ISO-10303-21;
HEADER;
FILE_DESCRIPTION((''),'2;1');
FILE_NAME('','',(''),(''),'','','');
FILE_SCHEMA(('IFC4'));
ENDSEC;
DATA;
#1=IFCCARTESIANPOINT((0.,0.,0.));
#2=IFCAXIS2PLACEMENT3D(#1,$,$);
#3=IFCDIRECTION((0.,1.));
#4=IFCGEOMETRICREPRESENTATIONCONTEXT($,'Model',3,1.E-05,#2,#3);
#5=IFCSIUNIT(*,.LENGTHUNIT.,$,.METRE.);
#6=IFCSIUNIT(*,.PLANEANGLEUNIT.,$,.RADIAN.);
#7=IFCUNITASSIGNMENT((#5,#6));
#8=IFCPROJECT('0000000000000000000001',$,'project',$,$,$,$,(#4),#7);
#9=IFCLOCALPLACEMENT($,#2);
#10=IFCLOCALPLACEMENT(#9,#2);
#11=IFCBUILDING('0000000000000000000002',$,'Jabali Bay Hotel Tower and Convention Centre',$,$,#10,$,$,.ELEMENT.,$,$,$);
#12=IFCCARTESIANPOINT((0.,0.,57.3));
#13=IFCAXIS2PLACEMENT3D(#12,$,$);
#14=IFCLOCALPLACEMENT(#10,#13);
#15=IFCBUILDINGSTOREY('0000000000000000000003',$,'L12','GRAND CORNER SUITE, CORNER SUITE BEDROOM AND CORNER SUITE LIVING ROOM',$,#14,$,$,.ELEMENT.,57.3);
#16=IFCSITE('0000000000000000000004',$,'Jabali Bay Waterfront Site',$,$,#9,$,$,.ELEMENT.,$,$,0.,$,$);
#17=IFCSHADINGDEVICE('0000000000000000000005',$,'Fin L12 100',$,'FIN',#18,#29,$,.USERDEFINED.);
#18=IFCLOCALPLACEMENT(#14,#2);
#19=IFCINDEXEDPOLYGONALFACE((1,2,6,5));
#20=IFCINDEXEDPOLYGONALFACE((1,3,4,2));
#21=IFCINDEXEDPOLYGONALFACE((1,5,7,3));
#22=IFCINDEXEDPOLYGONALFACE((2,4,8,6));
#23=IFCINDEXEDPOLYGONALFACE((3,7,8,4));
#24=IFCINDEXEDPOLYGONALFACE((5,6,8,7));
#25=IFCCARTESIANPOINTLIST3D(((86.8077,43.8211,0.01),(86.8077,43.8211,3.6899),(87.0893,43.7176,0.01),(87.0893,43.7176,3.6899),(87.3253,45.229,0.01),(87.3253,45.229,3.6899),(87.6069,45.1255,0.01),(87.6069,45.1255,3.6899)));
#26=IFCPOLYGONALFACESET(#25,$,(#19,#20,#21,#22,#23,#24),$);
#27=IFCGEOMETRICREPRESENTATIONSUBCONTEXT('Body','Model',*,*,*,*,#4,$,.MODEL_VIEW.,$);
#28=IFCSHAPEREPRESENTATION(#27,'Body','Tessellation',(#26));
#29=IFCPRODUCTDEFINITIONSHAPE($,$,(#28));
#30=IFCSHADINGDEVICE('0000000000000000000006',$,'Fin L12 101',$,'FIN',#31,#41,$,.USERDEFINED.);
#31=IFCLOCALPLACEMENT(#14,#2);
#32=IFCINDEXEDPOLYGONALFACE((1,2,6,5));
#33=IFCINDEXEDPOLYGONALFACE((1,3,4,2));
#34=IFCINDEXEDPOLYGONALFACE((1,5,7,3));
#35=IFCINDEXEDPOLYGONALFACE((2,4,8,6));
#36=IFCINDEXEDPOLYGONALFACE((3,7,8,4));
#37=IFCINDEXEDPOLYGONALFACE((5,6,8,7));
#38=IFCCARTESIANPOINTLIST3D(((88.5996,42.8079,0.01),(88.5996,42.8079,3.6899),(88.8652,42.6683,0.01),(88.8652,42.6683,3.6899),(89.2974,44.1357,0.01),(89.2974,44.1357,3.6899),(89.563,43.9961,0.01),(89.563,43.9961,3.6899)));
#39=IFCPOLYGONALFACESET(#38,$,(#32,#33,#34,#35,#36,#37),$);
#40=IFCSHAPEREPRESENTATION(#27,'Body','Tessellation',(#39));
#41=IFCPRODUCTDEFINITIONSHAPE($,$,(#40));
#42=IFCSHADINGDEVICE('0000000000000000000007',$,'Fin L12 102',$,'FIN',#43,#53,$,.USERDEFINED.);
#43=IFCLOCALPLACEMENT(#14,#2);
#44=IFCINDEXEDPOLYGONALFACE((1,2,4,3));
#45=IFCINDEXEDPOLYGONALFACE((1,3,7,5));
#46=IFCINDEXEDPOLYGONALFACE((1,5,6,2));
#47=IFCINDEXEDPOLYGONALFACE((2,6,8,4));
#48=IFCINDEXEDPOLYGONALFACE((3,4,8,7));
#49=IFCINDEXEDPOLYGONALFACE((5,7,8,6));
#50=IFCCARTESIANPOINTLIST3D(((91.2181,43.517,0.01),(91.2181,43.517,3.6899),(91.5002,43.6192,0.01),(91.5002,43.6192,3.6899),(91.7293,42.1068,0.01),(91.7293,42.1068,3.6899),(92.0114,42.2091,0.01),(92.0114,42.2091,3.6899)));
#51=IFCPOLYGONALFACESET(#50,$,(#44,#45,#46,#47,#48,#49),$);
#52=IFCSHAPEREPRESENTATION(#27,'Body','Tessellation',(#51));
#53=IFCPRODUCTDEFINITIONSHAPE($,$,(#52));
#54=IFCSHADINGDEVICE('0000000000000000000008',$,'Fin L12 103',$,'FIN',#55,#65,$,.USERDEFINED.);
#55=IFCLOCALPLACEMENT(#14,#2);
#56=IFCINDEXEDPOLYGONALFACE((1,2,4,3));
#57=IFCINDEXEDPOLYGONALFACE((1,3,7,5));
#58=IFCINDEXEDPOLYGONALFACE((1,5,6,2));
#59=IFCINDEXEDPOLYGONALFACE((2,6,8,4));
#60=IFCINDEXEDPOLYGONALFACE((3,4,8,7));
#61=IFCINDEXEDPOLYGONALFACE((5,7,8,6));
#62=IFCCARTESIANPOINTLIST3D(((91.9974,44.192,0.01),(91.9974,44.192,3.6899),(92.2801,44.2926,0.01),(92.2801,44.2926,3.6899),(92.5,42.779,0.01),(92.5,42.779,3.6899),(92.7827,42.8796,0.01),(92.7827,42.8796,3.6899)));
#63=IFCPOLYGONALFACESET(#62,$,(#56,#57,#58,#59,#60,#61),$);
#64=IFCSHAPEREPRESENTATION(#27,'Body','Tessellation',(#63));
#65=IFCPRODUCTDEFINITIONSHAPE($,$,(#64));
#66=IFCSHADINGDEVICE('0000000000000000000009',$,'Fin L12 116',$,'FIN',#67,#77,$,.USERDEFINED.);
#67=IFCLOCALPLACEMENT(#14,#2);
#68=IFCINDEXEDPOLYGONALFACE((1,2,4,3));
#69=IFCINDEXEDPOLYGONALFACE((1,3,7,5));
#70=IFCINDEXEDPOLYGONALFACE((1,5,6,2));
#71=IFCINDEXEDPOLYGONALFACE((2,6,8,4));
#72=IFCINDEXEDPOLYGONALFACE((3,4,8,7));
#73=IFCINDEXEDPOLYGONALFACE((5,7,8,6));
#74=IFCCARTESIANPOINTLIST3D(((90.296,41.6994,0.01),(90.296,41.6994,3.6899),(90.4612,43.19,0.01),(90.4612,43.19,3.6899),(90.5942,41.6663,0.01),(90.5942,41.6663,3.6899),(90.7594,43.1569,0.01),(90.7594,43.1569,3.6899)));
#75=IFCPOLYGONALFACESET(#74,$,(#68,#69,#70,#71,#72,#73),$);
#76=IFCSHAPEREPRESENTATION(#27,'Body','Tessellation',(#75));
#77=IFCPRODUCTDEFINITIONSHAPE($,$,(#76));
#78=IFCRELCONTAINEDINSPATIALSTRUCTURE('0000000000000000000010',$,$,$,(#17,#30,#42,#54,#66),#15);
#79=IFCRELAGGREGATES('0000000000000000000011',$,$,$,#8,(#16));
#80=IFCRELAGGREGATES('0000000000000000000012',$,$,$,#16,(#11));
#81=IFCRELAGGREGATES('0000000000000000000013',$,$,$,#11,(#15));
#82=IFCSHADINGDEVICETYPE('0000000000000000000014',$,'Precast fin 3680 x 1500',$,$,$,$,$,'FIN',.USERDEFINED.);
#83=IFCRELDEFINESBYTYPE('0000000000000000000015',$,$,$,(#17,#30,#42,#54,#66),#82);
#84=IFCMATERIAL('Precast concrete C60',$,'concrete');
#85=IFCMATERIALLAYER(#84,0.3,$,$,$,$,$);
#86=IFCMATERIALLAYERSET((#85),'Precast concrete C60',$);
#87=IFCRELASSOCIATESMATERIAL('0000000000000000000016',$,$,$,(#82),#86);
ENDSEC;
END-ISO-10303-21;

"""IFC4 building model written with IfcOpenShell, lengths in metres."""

from ifc_helpers import new_model, si_unit, direction, frame, frame_2d, origin, place, context, subcontext, project, spatial, rectangle, extrude, material, layer, layer_set, type_object, element, save


model = new_model("IFC4")

# Units and contexts
model_context = context("Model", 3, precision=1e-05, world=origin(), true_north=direction((0.0, 1.0)))
body_context = subcontext(model_context, "Body", "Model", "MODEL_VIEW")
ifc_project = project(units=[si_unit("LENGTHUNIT", "METRE"), si_unit("PLANEANGLEUNIT", "RADIAN")], contexts=[model_context])

# Site, building, storey
site_placement = place(None, origin())
site = spatial("IfcSite", under=ifc_project, at=site_placement, Name="Jabali Bay Waterfront Site", CompositionType="ELEMENT", RefElevation=0.0)
building_placement = place(site_placement, origin())
building = spatial("IfcBuilding", under=site, at=building_placement, Name="Jabali Bay Hotel Tower and Convention Centre", CompositionType="ELEMENT")
storey_placement = place(building_placement, frame((0.0, 0.0, 57.3)))
storey = spatial("IfcBuildingStorey", under=building, at=storey_placement, Name="L12", Description="GRAND CORNER SUITE, CORNER SUITE BEDROOM AND CORNER SUITE LIVING ROOM", CompositionType="ELEMENT", Elevation=57.3)

# Shading devices
ifc_material_1 = material(Name="Precast concrete C60", Category="concrete")
ifc_layer_1 = layer(ifc_material_1, 0.3)
ifc_layer_set_1 = layer_set([ifc_layer_1], Name="Precast concrete C60")
shading_device_type_1 = type_object("IfcShadingDeviceType", Name="Precast fin 3680 x 1500", ElementType="FIN", PredefinedType="USERDEFINED", material=ifc_layer_set_1)
for number, where, z_axis, x_axis, name in (
    (1, (87.4661, 45.1772, 0.01), (0.0, 0.0, 1.0), (-0.345034, -0.93859, 0.0), "Fin L12 100"),
    (2, (89.4302, 44.0659, 0.01), (0.0, 0.0, 1.0), (-0.465156, -0.885229, 0.0), "Fin L12 101"),
    (3, (91.3591, 43.5681, 0.01), (0.0, 0.0, 1.0), (0.340828, -0.940126, 0.0), "Fin L12 102"),
):
    element("IfcShadingDevice", number, at=place(storey_placement, frame(where, z_axis=z_axis, x_axis=x_axis)), inside=storey, type_object=shading_device_type_1, Name=name, ObjectType="FIN", PredefinedType="USERDEFINED", context=body_context, shape_type="SweptSolid", body=[
        extrude(rectangle(XDim=1.5, YDim=0.3, at=frame_2d((0.75, 0.0))), origin(), (0.0, 0.0, 1.0), 3.6799),
    ])
for number, where, z_axis, x_axis, name in (
    (4, (92.1387, 44.2424, 0.01), (0.0, 0.0, 1.0), (0.335161, -0.942161, 0.0), "Fin L12 103"),
    (5, (90.6104, 43.1736, 0.01), (0.0, 0.0, 1.0), (-0.110199, -0.99391, 0.0), "Fin L12 116"),
):
    element("IfcShadingDevice", number, at=place(storey_placement, frame(where, z_axis=z_axis, x_axis=x_axis)), inside=storey, type_object=shading_device_type_1, Name=name, ObjectType="FIN", PredefinedType="USERDEFINED", context=body_context, shape_type="SweptSolid", body=[
        extrude(rectangle(XDim=1.4998, YDim=0.3, at=frame_2d((0.75, 0.0))), origin(), (0.0, 0.0, 1.0), 3.6799),
    ])

save(model, "model.ifc")
